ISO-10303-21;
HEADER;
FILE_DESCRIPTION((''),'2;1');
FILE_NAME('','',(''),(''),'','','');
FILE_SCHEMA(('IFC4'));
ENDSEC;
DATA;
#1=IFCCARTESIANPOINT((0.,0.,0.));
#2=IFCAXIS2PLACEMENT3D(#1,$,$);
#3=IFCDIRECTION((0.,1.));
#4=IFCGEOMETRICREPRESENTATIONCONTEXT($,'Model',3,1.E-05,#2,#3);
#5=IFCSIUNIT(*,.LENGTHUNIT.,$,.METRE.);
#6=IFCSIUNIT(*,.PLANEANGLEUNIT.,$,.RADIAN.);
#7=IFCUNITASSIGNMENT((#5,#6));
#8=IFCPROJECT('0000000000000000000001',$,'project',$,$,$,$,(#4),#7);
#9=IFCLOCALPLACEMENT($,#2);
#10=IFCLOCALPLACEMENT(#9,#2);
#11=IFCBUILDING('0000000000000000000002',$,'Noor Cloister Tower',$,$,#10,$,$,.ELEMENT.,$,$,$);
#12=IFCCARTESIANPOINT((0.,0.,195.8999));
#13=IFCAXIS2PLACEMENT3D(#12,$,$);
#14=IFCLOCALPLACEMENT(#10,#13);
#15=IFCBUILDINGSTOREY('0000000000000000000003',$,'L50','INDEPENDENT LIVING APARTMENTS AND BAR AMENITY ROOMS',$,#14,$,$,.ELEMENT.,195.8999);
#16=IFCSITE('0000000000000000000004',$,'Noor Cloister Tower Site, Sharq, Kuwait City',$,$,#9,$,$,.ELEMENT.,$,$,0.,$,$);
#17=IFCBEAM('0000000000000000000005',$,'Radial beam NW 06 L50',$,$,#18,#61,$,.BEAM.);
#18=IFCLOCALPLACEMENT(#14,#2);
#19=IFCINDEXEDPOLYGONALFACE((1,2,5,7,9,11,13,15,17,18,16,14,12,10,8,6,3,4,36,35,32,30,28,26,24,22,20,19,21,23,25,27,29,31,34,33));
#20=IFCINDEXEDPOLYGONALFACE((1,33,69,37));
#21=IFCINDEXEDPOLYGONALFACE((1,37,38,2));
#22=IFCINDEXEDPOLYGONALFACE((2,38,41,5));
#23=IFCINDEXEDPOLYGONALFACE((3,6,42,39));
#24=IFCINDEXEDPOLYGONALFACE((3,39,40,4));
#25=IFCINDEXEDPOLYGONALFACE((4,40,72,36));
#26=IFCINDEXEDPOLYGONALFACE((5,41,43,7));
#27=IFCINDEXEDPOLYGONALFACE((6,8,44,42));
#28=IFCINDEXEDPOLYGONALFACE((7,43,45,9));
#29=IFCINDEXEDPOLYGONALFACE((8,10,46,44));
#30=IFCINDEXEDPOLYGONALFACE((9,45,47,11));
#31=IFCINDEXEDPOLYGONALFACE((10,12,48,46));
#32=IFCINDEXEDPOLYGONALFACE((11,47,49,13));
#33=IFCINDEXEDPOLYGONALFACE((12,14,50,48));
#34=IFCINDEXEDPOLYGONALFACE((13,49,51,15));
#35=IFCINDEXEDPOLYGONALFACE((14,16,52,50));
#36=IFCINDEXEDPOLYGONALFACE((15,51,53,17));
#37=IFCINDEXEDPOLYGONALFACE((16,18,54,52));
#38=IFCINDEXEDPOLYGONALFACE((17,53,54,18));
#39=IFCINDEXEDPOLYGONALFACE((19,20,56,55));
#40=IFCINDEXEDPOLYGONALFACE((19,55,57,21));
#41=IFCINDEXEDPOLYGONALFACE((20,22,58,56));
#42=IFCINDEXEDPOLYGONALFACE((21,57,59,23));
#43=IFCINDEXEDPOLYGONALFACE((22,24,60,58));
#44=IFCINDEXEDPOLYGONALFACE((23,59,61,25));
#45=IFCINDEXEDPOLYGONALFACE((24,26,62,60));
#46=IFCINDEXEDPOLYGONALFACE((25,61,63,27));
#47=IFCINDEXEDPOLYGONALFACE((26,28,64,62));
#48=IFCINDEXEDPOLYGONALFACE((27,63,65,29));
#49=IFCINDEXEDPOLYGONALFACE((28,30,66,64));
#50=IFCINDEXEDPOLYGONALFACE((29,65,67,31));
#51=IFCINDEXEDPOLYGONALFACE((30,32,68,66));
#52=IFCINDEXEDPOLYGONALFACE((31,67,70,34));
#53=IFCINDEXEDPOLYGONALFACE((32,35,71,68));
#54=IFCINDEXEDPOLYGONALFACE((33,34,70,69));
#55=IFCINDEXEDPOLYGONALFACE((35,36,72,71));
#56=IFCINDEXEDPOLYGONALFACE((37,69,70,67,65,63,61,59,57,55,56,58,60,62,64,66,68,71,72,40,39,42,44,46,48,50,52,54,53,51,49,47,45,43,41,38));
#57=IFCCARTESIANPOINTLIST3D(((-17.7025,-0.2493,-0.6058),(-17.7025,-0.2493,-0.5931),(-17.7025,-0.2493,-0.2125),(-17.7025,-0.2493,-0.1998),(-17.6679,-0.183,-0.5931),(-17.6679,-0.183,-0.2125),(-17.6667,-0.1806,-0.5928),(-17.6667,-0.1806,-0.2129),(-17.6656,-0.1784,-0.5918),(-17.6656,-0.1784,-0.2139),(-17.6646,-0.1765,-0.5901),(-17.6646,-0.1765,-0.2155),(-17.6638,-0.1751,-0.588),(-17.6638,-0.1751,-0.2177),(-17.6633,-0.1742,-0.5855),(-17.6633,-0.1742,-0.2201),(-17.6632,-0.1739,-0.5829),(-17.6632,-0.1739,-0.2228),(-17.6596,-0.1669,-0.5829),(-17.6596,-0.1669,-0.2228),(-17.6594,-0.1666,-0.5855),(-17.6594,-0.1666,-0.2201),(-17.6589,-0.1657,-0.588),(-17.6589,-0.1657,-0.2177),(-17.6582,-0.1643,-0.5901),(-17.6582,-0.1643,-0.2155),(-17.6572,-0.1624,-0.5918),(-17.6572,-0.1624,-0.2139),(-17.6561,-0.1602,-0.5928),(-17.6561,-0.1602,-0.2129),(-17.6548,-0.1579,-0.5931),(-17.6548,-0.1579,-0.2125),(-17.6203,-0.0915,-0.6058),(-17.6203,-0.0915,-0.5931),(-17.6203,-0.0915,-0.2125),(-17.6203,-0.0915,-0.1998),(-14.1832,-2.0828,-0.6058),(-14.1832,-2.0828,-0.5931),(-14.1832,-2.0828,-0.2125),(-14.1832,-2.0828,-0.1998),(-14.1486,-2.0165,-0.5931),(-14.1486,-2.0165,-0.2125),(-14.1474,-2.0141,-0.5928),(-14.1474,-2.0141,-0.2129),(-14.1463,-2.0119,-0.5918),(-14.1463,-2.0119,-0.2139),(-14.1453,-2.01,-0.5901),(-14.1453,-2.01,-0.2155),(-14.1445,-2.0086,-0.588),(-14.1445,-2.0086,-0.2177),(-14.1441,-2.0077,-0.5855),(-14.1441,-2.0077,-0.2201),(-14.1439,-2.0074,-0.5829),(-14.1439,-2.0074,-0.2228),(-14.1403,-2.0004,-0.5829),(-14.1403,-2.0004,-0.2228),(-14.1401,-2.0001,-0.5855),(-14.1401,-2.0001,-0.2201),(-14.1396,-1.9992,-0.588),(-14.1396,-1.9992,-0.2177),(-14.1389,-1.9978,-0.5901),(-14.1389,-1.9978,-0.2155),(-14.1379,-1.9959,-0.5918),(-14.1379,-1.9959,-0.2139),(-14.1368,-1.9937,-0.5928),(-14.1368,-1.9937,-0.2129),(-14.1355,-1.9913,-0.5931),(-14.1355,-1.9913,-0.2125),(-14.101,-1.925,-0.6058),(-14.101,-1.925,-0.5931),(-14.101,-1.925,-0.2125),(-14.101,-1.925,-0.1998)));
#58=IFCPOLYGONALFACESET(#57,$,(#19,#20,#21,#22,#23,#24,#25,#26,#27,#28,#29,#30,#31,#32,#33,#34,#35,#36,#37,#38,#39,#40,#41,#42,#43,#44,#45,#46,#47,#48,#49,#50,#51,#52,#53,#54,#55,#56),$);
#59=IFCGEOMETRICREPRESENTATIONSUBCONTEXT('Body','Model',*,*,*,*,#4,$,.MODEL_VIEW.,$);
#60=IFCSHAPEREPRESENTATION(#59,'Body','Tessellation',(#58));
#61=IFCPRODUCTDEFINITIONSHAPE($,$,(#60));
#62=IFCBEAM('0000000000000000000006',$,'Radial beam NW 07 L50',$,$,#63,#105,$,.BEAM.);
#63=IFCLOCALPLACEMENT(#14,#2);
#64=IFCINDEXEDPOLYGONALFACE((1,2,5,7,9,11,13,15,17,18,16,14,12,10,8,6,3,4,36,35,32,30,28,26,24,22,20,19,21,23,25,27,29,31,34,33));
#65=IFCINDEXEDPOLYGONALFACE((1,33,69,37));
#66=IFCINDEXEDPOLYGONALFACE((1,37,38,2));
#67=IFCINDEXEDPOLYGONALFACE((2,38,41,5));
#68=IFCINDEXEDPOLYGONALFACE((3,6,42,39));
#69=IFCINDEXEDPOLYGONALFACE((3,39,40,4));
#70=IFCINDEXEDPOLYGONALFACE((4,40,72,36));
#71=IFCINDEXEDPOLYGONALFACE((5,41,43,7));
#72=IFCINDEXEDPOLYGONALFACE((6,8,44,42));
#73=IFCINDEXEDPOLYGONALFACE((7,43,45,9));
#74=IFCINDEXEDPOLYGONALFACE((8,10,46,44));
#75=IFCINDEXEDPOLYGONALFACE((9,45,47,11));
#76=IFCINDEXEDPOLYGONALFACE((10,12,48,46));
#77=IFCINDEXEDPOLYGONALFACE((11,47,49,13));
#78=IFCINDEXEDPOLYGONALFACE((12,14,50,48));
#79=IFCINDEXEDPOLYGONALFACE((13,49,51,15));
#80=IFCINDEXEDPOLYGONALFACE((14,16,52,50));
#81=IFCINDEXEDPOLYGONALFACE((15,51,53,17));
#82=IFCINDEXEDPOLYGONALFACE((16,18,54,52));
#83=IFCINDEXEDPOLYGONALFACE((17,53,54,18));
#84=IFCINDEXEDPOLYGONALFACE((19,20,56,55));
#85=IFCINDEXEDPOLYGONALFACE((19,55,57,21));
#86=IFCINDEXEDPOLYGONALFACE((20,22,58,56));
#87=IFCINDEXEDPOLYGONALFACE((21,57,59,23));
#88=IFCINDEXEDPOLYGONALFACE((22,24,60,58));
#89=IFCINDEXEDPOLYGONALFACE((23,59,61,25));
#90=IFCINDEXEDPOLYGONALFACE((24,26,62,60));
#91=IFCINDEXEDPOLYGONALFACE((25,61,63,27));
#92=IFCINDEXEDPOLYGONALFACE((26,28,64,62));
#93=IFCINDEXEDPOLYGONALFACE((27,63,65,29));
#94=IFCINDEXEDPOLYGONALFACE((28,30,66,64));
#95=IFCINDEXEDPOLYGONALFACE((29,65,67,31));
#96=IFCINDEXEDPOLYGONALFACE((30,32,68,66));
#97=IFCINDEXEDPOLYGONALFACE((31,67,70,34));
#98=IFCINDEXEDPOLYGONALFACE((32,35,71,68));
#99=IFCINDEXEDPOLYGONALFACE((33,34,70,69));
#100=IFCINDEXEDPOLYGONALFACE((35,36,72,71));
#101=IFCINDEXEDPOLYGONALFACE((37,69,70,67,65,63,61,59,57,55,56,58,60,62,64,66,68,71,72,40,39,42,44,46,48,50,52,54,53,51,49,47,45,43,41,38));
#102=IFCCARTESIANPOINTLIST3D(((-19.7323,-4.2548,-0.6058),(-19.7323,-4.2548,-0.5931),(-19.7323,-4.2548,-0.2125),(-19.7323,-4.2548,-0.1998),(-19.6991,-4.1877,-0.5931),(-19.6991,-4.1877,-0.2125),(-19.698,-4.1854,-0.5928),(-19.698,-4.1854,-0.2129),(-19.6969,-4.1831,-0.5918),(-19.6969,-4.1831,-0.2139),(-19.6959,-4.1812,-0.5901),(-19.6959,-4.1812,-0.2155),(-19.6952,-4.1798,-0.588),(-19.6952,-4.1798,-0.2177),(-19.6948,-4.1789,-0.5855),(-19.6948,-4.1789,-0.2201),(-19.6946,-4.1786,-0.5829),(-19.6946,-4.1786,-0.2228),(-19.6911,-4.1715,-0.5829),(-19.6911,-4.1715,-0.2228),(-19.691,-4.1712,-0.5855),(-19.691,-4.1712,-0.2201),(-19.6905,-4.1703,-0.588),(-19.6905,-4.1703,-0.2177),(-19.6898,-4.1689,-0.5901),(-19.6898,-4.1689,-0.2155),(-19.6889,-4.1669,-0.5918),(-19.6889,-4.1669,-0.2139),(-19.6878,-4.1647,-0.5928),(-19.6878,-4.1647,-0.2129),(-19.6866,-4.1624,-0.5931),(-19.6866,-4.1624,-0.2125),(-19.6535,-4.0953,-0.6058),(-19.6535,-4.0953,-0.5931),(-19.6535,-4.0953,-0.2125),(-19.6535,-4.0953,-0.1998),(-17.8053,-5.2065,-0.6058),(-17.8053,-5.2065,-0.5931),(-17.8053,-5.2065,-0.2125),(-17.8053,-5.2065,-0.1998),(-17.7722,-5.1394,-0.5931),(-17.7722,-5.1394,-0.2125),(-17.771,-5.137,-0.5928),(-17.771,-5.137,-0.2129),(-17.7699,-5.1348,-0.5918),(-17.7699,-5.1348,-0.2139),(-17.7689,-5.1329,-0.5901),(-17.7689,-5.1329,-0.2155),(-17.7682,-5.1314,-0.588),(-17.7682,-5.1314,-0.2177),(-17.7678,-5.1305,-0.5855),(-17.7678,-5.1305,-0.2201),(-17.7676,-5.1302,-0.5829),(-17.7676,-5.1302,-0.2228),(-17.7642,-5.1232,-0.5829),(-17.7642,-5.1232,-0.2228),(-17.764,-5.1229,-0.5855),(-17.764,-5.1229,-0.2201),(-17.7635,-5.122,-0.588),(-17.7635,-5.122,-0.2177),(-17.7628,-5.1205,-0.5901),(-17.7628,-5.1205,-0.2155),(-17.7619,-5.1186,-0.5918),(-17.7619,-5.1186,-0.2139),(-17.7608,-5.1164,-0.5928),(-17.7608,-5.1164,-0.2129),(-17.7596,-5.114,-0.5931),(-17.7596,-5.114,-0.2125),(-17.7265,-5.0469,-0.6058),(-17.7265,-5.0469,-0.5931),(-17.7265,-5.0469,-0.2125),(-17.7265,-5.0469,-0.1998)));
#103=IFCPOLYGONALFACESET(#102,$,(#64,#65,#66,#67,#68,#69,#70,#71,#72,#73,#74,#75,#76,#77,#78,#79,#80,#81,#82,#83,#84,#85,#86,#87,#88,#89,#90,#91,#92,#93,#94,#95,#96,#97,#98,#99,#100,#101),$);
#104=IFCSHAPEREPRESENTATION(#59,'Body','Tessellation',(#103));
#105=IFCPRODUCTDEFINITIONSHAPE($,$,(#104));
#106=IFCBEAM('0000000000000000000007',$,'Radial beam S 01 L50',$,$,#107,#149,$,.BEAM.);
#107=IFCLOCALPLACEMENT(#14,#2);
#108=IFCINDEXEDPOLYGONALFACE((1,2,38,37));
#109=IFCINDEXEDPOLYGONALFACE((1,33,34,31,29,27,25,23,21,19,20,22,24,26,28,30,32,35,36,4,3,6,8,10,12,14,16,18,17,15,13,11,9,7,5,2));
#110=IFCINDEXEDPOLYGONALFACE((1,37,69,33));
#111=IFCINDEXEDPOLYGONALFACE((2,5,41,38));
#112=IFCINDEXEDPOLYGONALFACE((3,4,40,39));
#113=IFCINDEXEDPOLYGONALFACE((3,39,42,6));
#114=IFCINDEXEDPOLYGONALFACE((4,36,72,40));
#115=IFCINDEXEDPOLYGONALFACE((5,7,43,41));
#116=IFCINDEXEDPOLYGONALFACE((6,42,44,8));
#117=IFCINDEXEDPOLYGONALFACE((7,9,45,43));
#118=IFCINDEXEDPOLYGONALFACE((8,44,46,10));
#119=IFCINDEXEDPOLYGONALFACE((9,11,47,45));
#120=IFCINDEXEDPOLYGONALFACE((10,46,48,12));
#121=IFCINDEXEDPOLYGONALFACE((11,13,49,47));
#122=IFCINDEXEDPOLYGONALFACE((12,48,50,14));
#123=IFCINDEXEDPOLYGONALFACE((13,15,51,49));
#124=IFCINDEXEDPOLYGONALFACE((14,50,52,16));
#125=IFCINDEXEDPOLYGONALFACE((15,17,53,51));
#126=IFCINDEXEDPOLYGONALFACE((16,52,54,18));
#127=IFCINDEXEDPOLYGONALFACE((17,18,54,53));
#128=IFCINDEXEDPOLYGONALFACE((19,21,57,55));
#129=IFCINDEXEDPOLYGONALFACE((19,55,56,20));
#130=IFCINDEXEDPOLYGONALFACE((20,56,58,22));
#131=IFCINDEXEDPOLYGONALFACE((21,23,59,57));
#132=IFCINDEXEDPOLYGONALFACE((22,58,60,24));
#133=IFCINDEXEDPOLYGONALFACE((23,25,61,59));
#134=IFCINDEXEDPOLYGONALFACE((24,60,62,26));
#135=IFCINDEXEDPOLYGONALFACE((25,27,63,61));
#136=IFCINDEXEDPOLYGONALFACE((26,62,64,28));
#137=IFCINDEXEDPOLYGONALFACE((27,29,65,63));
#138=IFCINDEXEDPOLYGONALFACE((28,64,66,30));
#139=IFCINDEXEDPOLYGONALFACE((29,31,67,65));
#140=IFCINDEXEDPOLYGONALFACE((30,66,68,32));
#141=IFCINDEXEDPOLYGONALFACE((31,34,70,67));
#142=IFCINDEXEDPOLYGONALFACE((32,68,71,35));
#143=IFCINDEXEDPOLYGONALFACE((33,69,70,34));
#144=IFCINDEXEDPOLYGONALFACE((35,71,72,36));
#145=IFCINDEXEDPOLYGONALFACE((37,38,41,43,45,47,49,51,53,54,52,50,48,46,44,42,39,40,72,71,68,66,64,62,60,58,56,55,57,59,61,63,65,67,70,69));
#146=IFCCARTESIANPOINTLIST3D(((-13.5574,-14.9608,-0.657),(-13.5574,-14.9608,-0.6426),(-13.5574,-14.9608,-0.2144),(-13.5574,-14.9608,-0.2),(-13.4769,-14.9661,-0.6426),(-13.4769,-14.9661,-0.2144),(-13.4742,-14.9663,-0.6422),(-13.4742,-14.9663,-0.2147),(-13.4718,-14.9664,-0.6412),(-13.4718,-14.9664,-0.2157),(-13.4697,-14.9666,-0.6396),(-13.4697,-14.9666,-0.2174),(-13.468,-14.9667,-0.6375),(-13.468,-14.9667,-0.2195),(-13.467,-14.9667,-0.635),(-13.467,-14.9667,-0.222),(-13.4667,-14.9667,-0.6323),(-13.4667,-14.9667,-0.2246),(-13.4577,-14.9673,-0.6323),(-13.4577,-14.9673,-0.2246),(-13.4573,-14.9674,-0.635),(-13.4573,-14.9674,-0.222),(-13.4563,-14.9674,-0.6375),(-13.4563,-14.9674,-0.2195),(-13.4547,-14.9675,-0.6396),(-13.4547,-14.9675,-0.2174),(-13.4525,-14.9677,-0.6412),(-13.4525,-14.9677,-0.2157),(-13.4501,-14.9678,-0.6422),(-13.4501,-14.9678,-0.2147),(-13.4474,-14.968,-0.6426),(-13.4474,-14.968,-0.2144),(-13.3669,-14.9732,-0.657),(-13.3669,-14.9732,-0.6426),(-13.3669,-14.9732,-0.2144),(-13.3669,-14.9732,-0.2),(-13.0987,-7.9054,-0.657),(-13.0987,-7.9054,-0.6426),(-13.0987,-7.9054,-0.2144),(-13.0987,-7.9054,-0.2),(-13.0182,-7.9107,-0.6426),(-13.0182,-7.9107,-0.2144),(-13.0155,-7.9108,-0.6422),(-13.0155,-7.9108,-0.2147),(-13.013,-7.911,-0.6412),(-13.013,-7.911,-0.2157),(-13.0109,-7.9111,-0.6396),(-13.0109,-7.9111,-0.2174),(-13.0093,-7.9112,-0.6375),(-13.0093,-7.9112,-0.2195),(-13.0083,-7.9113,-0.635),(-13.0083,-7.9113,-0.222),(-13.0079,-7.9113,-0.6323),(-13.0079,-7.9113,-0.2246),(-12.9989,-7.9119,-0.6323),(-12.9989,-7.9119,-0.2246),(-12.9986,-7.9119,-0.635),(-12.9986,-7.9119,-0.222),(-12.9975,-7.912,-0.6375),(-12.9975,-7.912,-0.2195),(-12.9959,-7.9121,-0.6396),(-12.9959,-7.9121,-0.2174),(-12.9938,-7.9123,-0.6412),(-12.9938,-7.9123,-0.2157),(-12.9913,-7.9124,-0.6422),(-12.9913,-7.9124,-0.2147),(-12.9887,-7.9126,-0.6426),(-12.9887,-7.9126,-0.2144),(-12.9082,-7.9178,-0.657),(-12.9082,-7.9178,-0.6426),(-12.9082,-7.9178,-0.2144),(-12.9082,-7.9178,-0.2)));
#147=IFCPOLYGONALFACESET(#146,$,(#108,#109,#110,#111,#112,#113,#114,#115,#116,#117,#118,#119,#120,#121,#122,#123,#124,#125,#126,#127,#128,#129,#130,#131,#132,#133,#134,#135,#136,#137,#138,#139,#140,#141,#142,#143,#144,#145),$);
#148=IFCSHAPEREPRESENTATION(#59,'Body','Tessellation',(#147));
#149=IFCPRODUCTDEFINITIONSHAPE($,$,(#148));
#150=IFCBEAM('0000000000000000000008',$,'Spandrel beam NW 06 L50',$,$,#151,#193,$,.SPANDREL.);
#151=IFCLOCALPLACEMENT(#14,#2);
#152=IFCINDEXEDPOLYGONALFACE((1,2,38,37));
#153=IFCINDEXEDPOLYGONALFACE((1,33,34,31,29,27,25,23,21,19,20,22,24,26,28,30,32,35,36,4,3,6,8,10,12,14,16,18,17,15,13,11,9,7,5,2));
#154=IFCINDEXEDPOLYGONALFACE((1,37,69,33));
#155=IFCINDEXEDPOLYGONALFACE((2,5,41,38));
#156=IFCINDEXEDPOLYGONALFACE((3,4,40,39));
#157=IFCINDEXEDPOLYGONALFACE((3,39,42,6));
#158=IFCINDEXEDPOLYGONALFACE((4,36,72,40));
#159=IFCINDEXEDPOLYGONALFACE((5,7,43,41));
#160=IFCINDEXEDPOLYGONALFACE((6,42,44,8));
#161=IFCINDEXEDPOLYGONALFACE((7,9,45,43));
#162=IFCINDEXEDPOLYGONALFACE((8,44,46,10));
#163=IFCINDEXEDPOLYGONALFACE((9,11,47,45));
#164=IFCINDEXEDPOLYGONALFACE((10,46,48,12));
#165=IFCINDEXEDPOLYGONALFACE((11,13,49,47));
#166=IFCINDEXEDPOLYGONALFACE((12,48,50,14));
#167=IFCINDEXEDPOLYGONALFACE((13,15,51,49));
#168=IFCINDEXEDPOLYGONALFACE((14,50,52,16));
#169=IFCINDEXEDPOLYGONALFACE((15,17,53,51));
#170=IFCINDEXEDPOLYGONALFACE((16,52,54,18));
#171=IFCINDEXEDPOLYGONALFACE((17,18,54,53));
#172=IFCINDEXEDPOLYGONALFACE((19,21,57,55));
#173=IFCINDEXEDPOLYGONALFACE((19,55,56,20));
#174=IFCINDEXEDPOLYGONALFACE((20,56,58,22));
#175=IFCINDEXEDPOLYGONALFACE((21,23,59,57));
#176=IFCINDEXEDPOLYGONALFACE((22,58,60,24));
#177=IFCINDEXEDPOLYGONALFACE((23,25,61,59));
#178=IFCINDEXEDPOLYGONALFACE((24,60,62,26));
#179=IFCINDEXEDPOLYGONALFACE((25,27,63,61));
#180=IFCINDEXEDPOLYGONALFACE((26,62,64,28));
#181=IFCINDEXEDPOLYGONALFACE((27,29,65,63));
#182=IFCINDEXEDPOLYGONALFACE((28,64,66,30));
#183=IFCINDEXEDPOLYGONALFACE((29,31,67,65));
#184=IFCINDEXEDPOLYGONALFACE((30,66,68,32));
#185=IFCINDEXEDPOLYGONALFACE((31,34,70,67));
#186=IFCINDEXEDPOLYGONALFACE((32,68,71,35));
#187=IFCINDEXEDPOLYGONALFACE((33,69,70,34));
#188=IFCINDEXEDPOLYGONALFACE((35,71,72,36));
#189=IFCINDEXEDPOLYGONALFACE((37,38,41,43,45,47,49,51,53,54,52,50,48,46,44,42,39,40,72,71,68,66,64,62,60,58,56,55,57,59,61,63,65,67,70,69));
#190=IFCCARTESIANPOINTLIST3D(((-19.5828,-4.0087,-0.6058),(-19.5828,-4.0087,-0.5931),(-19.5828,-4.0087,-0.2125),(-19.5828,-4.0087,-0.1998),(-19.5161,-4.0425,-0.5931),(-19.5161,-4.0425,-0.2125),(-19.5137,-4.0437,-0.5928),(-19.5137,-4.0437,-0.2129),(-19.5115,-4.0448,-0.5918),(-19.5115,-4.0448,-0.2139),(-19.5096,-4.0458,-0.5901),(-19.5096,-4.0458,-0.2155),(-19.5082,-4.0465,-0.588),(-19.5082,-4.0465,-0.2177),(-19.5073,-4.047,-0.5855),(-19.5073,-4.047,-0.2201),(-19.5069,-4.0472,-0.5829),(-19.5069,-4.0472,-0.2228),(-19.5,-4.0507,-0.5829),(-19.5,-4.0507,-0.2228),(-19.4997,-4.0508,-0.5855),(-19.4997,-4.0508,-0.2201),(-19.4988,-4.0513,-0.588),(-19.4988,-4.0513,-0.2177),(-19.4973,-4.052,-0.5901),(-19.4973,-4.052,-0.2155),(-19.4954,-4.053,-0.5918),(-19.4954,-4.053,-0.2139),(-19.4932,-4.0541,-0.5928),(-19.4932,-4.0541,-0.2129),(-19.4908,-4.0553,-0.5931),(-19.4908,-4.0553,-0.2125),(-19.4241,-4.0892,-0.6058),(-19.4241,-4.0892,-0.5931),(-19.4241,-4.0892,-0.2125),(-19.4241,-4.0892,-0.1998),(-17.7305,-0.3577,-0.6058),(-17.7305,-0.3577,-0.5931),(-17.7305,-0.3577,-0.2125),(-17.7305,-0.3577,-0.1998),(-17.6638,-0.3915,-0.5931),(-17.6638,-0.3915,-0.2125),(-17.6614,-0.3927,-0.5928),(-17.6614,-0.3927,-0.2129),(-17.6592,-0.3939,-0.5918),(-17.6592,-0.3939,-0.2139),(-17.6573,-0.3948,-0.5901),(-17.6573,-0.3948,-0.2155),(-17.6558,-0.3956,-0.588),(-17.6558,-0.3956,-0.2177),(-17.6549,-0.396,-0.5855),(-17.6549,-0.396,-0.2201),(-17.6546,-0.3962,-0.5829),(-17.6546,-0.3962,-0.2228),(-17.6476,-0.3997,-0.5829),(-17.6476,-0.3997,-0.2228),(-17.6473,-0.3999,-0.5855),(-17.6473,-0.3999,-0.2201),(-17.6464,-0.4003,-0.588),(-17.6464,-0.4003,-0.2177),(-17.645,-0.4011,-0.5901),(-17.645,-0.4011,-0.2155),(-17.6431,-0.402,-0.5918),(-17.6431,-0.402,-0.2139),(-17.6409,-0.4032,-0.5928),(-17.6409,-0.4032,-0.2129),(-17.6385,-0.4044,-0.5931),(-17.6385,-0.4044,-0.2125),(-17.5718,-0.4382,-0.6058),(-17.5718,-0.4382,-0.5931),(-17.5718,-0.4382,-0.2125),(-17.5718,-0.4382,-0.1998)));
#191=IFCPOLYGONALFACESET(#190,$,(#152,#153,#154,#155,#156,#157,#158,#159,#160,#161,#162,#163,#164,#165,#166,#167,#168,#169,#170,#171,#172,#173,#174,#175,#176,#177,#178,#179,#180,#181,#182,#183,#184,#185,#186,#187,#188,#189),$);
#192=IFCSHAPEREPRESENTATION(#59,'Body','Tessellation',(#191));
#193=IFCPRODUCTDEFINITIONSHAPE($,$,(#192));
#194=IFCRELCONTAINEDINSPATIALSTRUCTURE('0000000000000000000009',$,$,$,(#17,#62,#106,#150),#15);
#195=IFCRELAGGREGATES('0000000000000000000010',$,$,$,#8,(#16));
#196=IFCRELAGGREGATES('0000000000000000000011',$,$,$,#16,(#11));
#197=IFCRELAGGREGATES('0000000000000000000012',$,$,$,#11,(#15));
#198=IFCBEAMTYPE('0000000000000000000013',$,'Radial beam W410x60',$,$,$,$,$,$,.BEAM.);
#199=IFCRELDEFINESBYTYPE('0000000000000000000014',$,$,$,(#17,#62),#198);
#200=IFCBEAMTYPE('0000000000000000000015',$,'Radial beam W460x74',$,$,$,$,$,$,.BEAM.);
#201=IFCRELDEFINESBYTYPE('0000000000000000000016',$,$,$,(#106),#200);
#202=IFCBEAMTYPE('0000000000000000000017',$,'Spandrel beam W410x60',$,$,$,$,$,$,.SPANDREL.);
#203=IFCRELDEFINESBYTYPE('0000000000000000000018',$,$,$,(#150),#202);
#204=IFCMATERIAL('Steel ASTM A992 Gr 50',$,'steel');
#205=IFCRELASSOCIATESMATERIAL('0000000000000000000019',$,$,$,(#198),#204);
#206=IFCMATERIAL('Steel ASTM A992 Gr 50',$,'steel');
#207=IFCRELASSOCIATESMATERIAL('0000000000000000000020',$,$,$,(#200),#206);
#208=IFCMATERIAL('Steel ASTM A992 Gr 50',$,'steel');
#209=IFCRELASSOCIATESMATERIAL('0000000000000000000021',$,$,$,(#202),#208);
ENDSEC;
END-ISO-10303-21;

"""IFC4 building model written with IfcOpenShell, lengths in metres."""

from ifc_helpers import new_model, si_unit, direction, frame, origin, origin_2d, place, context, subcontext, project, spatial, i_section, extrude, material, material_profile, profile_set, type_object, element, save


model = new_model("IFC4")

# Units and contexts
model_context = context("Model", 3, precision=1e-05, world=origin(), true_north=direction((0.0, 1.0)))
body_context = subcontext(model_context, "Body", "Model", "MODEL_VIEW")
ifc_project = project(units=[si_unit("LENGTHUNIT", "METRE"), si_unit("PLANEANGLEUNIT", "RADIAN")], contexts=[model_context])

# Site, building, storey
site_placement = place(None, origin())
site = spatial("IfcSite", under=ifc_project, at=site_placement, Name="Noor Cloister Tower Site, Sharq, Kuwait City", CompositionType="ELEMENT", RefElevation=0.0)
building_placement = place(site_placement, origin())
building = spatial("IfcBuilding", under=site, at=building_placement, Name="Noor Cloister Tower", CompositionType="ELEMENT")
storey_placement = place(building_placement, frame((0.0, 0.0, 195.8999)))
storey = spatial("IfcBuildingStorey", under=building, at=storey_placement, Name="L50", Description="INDEPENDENT LIVING APARTMENTS AND BAR AMENITY ROOMS", CompositionType="ELEMENT", Elevation=195.8999)

# Beams
ifc_material_1 = material(Name="Steel ASTM A992 Gr 50", Category="steel")
ifc_material_profile_1 = material_profile(ifc_material_1, i_section(OverallWidth=0.178, OverallDepth=0.406, WebThickness=0.0078, FlangeThickness=0.0127, FilletRadius=0.0103, at=origin_2d()), Name="W410x60")
ifc_profile_set_1 = profile_set([ifc_material_profile_1], Name="Steel ASTM A992 Gr 50")
beam_type_1 = type_object("IfcBeamType", Name="Radial beam W410x60", PredefinedType="BEAM", material=ifc_profile_set_1)
beam_1_placement = place(storey_placement, frame((-17.6614, -0.1704, -0.4028), z_axis=(0.886859, -0.46204, 0.0), x_axis=(0.46204, 0.886859, 0.0)))
element("IfcBeam", 1, at=beam_1_placement, inside=storey, type_object=beam_type_1, Name="Radial beam NW 06 L50", PredefinedType="BEAM", context=body_context, shape_type="SweptSolid", body=[
    extrude(i_section(OverallWidth=0.178, OverallDepth=0.406, WebThickness=0.0078, FlangeThickness=0.0127, FilletRadius=0.0103, at=origin_2d()), origin(), (0.0, 0.0, 1.0), 3.9683),
])
beam_2_placement = place(storey_placement, frame((-19.6929, -4.175, -0.4028), z_axis=(0.89662, -0.442801, 0.0), x_axis=(0.442801, 0.89662, 0.0)))
element("IfcBeam", 2, at=beam_2_placement, inside=storey, type_object=beam_type_1, Name="Radial beam NW 07 L50", PredefinedType="BEAM", context=body_context, shape_type="SweptSolid", body=[
    extrude(i_section(OverallWidth=0.178, OverallDepth=0.406, WebThickness=0.0078, FlangeThickness=0.0127, FilletRadius=0.0103, at=origin_2d()), origin(), (0.0, 0.0, 1.0), 2.1492),
])
ifc_material_2 = material(Name="Steel ASTM A992 Gr 50", Category="steel")
ifc_material_profile_2 = material_profile(ifc_material_2, i_section(OverallWidth=0.1909, OverallDepth=0.457, WebThickness=0.009, FlangeThickness=0.0144, FilletRadius=0.0103, at=origin_2d()), Name="W460x74")
ifc_profile_set_2 = profile_set([ifc_material_profile_2], Name="Steel ASTM A992 Gr 50")
beam_type_2 = type_object("IfcBeamType", Name="Radial beam W460x74", PredefinedType="BEAM", material=ifc_profile_set_2)
beam_3_placement = place(storey_placement, frame((-13.4622, -14.967, -0.4285), z_axis=(0.064883, 0.997893, 0.0), x_axis=(-0.997893, 0.064883, 0.0)))
element("IfcBeam", 3, at=beam_3_placement, inside=storey, type_object=beam_type_2, Name="Radial beam S 01 L50", PredefinedType="BEAM", context=body_context, shape_type="SweptSolid", body=[
    extrude(i_section(OverallWidth=0.1909, OverallDepth=0.457, WebThickness=0.009, FlangeThickness=0.0144, FilletRadius=0.0103, at=origin_2d()), origin(), (0.0, 0.0, 1.0), 7.0703),
])
ifc_material_3 = material(Name="Steel ASTM A992 Gr 50", Category="steel")
ifc_material_profile_3 = material_profile(ifc_material_3, i_section(OverallWidth=0.178, OverallDepth=0.406, WebThickness=0.0078, FlangeThickness=0.0127, FilletRadius=0.0103, at=origin_2d()), Name="W410x60")
ifc_profile_set_3 = profile_set([ifc_material_profile_3], Name="Steel ASTM A992 Gr 50")
beam_type_3 = type_object("IfcBeamType", Name="Spandrel beam W410x60", PredefinedType="SPANDREL", material=ifc_profile_set_3)
for number, where, z_axis, x_axis, name in (
    (4, (-17.6511, -0.3979, -0.4028), (-0.452454, -0.891788, 0.0), (0.891788, -0.452454, 0.0), "Spandrel beam NW 06 L50"),
):
    element("IfcBeam", number, at=place(storey_placement, frame(where, z_axis=z_axis, x_axis=x_axis)), inside=storey, type_object=beam_type_3, Name=name, PredefinedType="SPANDREL", context=body_context, shape_type="SweptSolid", body=[
        extrude(i_section(OverallWidth=0.178, OverallDepth=0.406, WebThickness=0.0078, FlangeThickness=0.0127, FilletRadius=0.0103, at=origin_2d()), origin(), (0.0, 0.0, 1.0), 4.094),
    ])

save(model, "model.ifc")
